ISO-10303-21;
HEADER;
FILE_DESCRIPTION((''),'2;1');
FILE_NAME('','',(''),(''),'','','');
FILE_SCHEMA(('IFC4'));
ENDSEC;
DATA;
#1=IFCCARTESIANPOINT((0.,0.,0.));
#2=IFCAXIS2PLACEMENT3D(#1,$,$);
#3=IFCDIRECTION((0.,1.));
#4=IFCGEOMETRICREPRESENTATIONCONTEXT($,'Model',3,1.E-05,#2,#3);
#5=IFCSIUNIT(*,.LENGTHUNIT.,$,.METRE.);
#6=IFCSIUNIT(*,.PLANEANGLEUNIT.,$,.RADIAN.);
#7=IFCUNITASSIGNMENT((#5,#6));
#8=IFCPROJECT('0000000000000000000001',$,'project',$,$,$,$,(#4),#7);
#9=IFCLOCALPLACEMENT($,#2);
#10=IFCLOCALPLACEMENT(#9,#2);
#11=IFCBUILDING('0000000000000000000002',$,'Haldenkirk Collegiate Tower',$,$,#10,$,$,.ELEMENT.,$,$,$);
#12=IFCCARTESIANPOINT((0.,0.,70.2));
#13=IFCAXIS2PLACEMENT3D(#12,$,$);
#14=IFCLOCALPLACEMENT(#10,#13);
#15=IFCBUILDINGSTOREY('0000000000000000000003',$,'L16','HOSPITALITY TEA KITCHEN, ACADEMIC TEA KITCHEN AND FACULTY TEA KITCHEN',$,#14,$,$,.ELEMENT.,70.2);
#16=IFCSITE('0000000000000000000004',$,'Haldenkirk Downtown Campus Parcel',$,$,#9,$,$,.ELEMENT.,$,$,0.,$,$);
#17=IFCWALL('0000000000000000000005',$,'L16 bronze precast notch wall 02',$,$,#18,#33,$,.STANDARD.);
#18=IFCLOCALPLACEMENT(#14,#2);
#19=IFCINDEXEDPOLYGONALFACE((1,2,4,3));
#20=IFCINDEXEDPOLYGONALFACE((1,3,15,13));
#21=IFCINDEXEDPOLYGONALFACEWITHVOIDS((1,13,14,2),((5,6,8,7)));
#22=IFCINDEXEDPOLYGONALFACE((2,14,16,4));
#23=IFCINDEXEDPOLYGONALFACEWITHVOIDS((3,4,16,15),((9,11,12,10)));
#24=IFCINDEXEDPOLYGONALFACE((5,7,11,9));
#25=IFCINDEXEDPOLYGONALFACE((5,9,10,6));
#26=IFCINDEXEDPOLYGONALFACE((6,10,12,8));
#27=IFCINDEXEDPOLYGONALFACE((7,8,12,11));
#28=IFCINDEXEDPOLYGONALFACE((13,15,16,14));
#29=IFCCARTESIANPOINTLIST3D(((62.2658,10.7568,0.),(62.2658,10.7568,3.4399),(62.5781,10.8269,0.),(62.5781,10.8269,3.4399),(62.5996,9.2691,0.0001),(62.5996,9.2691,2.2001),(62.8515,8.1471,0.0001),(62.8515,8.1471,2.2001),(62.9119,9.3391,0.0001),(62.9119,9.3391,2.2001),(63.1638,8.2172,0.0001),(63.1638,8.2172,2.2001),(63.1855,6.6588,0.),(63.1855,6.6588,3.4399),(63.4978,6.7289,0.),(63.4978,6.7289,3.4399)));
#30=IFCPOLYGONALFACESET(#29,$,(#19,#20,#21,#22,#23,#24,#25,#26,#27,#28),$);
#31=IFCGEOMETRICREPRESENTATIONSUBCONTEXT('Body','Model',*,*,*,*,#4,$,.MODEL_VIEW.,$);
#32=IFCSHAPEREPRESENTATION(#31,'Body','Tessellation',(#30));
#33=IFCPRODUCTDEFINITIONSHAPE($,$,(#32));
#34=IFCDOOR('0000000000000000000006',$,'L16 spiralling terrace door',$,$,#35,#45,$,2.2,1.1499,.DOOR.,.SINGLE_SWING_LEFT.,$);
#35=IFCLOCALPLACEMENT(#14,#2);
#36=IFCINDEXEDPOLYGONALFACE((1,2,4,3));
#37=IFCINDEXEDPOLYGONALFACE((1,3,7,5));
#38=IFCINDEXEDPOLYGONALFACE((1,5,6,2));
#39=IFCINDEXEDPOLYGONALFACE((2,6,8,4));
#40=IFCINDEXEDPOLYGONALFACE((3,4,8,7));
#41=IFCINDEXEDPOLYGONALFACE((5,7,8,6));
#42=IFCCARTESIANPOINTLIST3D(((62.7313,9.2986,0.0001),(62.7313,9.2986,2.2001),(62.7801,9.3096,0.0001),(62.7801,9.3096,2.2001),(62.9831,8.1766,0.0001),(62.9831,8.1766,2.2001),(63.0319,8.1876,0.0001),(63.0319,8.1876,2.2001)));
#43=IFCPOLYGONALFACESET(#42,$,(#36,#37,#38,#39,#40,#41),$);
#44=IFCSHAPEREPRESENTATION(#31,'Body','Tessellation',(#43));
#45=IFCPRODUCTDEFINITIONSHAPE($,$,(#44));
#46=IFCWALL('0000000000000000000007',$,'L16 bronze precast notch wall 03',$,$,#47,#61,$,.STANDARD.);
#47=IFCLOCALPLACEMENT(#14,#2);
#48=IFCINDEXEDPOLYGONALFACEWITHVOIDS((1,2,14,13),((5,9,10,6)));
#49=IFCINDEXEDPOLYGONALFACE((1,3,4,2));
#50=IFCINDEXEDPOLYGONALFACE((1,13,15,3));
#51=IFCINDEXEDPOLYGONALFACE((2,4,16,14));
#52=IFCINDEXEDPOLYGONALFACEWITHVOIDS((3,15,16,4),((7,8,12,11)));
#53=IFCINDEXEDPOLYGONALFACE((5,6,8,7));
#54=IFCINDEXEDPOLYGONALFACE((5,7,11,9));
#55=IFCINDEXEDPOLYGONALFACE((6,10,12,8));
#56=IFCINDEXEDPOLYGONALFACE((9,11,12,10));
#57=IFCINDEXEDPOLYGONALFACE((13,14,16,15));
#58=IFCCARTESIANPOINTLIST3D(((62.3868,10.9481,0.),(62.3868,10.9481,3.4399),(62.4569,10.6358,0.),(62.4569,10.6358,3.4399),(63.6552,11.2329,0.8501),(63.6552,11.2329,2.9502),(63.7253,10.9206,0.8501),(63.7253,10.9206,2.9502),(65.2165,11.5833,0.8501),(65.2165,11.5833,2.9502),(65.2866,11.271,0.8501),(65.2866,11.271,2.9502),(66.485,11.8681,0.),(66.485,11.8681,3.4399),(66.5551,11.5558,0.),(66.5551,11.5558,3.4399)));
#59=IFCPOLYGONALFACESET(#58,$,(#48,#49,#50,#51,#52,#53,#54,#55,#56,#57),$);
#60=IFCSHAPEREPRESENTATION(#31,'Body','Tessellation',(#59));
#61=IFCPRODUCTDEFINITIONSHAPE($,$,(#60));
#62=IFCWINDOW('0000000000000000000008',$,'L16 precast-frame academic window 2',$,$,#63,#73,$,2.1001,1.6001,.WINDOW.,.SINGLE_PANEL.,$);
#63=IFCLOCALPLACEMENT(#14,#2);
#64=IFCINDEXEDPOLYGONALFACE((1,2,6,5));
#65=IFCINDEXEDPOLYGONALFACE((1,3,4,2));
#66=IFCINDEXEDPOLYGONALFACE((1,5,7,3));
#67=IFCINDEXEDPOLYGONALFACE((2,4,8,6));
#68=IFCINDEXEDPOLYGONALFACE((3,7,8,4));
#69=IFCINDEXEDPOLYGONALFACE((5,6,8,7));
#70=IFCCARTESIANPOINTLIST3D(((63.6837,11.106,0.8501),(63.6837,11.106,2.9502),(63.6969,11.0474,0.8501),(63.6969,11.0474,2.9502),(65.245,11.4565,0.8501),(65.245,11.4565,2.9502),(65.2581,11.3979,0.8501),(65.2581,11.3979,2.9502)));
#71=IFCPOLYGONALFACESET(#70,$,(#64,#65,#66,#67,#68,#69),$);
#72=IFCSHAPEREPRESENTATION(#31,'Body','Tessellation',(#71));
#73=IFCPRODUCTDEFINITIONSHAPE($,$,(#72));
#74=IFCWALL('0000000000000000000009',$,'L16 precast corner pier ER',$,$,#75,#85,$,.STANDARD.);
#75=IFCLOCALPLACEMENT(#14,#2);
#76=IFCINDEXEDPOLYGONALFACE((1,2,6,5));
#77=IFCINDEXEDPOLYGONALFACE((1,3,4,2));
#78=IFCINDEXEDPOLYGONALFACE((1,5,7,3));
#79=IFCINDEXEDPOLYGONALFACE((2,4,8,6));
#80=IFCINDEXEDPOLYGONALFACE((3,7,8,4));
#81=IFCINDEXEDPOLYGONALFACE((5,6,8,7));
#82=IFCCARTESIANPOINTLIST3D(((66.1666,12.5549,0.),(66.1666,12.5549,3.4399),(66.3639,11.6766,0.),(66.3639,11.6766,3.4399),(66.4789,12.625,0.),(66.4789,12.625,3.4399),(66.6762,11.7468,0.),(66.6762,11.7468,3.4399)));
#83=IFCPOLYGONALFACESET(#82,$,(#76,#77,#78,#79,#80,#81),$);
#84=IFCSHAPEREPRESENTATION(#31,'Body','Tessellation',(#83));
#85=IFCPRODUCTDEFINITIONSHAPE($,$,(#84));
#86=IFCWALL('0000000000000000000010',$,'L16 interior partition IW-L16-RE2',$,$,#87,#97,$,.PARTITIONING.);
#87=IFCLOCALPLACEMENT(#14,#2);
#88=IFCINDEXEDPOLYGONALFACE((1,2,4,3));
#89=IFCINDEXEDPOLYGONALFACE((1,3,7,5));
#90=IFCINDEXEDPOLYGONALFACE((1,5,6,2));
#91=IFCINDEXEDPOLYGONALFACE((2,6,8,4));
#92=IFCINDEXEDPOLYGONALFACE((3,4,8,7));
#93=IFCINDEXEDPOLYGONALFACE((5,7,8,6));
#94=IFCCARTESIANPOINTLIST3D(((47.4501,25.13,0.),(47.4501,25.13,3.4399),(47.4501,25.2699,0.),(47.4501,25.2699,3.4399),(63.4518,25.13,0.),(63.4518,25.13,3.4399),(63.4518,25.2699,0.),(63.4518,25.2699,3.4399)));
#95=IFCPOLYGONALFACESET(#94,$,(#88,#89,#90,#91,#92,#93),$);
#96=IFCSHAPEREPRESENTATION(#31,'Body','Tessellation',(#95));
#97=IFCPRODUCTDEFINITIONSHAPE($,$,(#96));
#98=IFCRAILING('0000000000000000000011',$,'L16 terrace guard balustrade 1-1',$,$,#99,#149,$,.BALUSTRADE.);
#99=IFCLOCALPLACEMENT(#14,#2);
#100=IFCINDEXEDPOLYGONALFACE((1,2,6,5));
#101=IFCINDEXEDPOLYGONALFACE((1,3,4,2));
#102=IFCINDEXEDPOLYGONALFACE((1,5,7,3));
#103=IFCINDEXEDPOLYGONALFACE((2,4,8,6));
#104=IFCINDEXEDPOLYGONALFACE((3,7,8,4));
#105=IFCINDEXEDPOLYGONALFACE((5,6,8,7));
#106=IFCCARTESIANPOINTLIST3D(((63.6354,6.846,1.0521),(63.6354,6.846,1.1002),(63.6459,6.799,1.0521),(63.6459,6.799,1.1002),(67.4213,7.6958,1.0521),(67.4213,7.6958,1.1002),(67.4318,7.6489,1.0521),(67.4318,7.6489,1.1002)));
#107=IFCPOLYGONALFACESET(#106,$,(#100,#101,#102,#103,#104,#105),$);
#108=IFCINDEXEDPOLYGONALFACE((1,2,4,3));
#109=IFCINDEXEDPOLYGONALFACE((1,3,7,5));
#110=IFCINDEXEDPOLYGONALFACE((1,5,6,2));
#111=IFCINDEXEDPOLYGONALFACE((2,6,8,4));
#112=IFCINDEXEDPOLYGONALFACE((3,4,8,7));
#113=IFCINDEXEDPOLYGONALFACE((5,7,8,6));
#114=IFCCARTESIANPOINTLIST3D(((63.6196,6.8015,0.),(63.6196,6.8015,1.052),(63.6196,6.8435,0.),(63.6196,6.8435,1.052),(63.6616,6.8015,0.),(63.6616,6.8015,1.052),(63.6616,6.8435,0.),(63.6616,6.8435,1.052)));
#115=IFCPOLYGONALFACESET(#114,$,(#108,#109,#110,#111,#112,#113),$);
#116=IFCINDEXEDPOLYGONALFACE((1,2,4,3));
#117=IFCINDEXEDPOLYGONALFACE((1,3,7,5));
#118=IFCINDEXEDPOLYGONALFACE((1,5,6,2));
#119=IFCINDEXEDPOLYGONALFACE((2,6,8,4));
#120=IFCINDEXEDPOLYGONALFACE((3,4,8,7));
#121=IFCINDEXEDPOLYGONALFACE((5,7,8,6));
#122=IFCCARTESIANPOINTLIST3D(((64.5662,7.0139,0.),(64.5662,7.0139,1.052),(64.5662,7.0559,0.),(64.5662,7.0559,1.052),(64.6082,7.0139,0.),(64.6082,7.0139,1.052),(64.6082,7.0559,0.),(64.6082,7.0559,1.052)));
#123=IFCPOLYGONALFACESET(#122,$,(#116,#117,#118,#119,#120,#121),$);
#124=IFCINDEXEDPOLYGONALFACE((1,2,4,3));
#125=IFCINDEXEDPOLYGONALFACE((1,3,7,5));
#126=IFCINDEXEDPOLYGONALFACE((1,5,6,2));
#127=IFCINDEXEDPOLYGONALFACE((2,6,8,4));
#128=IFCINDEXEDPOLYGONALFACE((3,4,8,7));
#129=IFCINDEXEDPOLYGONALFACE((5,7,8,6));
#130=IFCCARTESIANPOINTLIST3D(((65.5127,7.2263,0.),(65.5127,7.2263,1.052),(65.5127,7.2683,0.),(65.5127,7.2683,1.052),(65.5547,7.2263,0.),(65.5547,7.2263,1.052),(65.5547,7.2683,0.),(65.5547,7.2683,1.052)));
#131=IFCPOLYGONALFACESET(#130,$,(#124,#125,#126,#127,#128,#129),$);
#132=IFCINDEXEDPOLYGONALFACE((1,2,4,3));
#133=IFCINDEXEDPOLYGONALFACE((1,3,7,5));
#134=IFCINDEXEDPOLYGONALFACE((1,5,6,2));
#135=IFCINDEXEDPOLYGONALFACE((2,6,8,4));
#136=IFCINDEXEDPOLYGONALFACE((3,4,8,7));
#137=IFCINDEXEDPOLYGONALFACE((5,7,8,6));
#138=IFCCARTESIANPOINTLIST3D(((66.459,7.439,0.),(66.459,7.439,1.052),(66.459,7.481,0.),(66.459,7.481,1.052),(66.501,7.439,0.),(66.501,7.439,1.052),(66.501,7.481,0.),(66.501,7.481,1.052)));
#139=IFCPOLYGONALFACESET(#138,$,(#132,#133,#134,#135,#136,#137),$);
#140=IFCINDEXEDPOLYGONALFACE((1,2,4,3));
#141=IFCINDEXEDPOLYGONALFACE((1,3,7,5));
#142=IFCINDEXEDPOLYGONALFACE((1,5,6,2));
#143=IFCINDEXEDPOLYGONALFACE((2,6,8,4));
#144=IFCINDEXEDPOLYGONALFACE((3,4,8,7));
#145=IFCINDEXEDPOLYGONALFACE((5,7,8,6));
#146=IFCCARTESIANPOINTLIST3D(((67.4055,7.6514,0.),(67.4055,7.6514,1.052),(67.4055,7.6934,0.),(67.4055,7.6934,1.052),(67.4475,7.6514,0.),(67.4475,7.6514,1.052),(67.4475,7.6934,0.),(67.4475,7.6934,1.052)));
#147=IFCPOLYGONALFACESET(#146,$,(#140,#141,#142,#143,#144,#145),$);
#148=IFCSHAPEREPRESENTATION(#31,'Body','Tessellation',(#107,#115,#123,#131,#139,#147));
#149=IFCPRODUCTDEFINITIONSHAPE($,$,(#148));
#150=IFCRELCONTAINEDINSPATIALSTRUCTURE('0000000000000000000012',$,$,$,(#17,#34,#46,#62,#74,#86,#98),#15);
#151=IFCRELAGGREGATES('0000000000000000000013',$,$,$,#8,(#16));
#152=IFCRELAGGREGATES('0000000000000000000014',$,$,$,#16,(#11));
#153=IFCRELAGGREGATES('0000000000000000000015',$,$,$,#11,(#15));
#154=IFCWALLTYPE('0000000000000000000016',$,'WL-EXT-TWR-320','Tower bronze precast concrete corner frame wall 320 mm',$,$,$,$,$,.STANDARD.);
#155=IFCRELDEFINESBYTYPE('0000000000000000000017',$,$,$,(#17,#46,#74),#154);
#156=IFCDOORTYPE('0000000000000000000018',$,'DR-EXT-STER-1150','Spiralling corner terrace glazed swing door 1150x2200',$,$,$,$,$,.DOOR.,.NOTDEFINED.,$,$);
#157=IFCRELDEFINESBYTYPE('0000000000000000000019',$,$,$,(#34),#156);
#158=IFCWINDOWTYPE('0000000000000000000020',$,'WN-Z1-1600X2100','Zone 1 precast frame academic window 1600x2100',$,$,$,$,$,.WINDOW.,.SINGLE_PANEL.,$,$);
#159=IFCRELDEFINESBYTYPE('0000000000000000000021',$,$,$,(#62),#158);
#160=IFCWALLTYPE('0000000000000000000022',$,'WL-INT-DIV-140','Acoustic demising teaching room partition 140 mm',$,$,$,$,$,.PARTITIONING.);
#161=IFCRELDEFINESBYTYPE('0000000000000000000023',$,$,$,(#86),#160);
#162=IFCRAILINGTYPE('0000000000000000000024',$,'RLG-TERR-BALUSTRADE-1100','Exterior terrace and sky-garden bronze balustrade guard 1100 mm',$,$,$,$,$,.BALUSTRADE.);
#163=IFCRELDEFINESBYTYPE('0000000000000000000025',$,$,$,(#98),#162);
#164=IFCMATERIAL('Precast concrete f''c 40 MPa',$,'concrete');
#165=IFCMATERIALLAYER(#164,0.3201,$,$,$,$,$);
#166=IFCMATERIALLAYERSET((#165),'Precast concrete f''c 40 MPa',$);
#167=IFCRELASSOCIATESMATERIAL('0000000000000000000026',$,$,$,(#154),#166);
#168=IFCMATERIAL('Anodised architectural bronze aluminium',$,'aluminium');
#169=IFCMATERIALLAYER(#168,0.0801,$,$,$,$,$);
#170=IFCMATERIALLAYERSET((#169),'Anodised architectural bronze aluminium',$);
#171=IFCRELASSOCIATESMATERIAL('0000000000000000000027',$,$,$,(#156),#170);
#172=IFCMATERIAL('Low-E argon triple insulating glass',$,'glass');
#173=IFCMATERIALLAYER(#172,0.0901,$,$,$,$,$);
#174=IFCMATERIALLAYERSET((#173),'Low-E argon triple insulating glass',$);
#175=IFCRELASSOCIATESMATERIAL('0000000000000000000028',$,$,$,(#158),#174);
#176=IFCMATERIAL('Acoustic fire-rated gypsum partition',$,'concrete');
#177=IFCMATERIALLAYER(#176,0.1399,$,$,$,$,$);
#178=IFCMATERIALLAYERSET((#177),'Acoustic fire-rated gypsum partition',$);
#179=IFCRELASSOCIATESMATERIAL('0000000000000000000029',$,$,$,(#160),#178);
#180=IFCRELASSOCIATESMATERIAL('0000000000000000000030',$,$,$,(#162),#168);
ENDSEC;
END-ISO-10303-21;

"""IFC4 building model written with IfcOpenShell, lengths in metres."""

from ifc_helpers import new_model, si_unit, direction, frame, frame_2d, origin, origin_2d, place, context, subcontext, project, spatial, rectangle, extrude, material, layer, layer_set, type_object, element, fill, save


model = new_model("IFC4")

# Units and contexts
model_context = context("Model", 3, precision=1e-05, world=origin(), true_north=direction((0.0, 1.0)))
body_context = subcontext(model_context, "Body", "Model", "MODEL_VIEW")
ifc_project = project(units=[si_unit("LENGTHUNIT", "METRE"), si_unit("PLANEANGLEUNIT", "RADIAN")], contexts=[model_context])

# Site, building, storey
site_placement = place(None, origin())
site = spatial("IfcSite", under=ifc_project, at=site_placement, Name="Haldenkirk Downtown Campus Parcel", CompositionType="ELEMENT", RefElevation=0.0)
building_placement = place(site_placement, origin())
building = spatial("IfcBuilding", under=site, at=building_placement, Name="Haldenkirk Collegiate Tower", CompositionType="ELEMENT")
storey_placement = place(building_placement, frame((0.0, 0.0, 70.2)))
storey = spatial("IfcBuildingStorey", under=building, at=storey_placement, Name="L16", Description="HOSPITALITY TEA KITCHEN, ACADEMIC TEA KITCHEN AND FACULTY TEA KITCHEN", CompositionType="ELEMENT", Elevation=70.2)

# Shared definitions
ifc_material_1 = material(Name="Anodised architectural bronze aluminium", Category="aluminium")

# Shared definitions
ifc_material_2 = material(Name="Low-E argon triple insulating glass", Category="glass")

# Shared definitions
ifc_material_3 = material(Name="Precast concrete f'c 40 MPa", Category="concrete")
ifc_layer_1 = layer(ifc_material_3, 0.3201)
ifc_layer_set_1 = layer_set([ifc_layer_1], Name="Precast concrete f'c 40 MPa")
wall_type_1 = type_object("IfcWallType", Name="WL-EXT-TWR-320", Description="Tower bronze precast concrete corner frame wall 320 mm", PredefinedType="STANDARD", material=ifc_layer_set_1)

# Wall, opening, door
wall_1_placement = place(storey_placement, frame((62.4219, 10.792, 0.0), z_axis=(0.0, 0.0, 1.0), x_axis=(0.21898, -0.975729, 0.0)))
wall_1 = element("IfcWall", 1, at=wall_1_placement, inside=storey, type_object=wall_type_1, Name="L16 bronze precast notch wall 02", PredefinedType="STANDARD", context=body_context, shape_type="SweptSolid", body=[
    extrude(rectangle(XDim=4.2, YDim=0.3201, at=frame_2d((2.1001, 0.0))), origin(), (0.0, 0.0, 1.0), 3.4399),
])
opening_1_placement = place(wall_1_placement, frame((1.5249, 0.0, 0.0)))
opening_1 = element("IfcOpeningElement", 2, at=opening_1_placement, cuts=wall_1, PredefinedType="OPENING", context=body_context, shape_type="SweptSolid", body=[
    extrude(rectangle(XDim=1.1499, YDim=2.2, at=frame_2d((0.575, 1.1001))), frame((0.0, 0.1699, 0.0), z_axis=(0.0, -1.0, 0.0), x_axis=(1.0, 0.0, 0.0)), (0.0, 0.0, 1.0), 0.3401),
])
ifc_layer_2 = layer(ifc_material_1, 0.0801)
ifc_layer_set_2 = layer_set([ifc_layer_2], Name="Anodised architectural bronze aluminium")
door_type = type_object("IfcDoorType", Name="DR-EXT-STER-1150", Description="Spiralling corner terrace glazed swing door 1150x2200", OperationType="NOTDEFINED", PredefinedType="DOOR", material=ifc_layer_set_2)
door_placement = place(opening_1_placement, origin())
door = element("IfcDoor", 3, at=door_placement, inside=storey, type_object=door_type, Name="L16 spiralling terrace door", OperationType="SINGLE_SWING_LEFT", OverallHeight=2.2, OverallWidth=1.1499, PredefinedType="DOOR", context=body_context, shape_type="SweptSolid", body=[
    extrude(rectangle(XDim=1.1499, YDim=2.2, at=frame_2d((0.575, 1.1001))), frame((0.0, 0.0249, 0.0), z_axis=(0.0, -1.0, 0.0), x_axis=(1.0, 0.0, 0.0)), (0.0, 0.0, 1.0), 0.05),
])
fill(opening_1, door)

# Wall, opening, window
wall_2_placement = place(storey_placement, frame((66.52, 11.7119, 0.0), z_axis=(0.0, 0.0, 1.0), x_axis=(-0.97572, -0.219023, 0.0)))
wall_2 = element("IfcWall", 4, at=wall_2_placement, inside=storey, type_object=wall_type_1, Name="L16 bronze precast notch wall 03", PredefinedType="STANDARD", context=body_context, shape_type="SweptSolid", body=[
    extrude(rectangle(XDim=4.2002, YDim=0.3201, at=frame_2d((2.1001, 0.0))), origin(), (0.0, 0.0, 1.0), 3.4399),
])
opening_2_placement = place(wall_2_placement, frame((1.3, 0.0, 0.8501)))
opening_2 = element("IfcOpeningElement", 5, at=opening_2_placement, cuts=wall_2, PredefinedType="OPENING", context=body_context, shape_type="SweptSolid", body=[
    extrude(rectangle(XDim=1.6001, YDim=2.1001, at=frame_2d((0.8, 1.05))), frame((0.0, 0.1699, 0.0), z_axis=(0.0, -1.0, 0.0), x_axis=(1.0, 0.0, 0.0)), (0.0, 0.0, 1.0), 0.3401),
])
ifc_layer_3 = layer(ifc_material_2, 0.0901)
ifc_layer_set_3 = layer_set([ifc_layer_3], Name="Low-E argon triple insulating glass")
window_type = type_object("IfcWindowType", Name="WN-Z1-1600X2100", Description="Zone 1 precast frame academic window 1600x2100", PartitioningType="SINGLE_PANEL", PredefinedType="WINDOW", material=ifc_layer_set_3)
window_placement = place(opening_2_placement, origin())
window = element("IfcWindow", 6, at=window_placement, inside=storey, type_object=window_type, Name="L16 precast-frame academic window 2", OverallHeight=2.1001, OverallWidth=1.6001, PartitioningType="SINGLE_PANEL", PredefinedType="WINDOW", context=body_context, shape_type="SweptSolid", body=[
    extrude(rectangle(XDim=1.6001, YDim=2.1001, at=frame_2d((0.8, 1.05))), frame((0.0, 0.03, 0.0), z_axis=(0.0, -1.0, 0.0), x_axis=(1.0, 0.0, 0.0)), (0.0, 0.0, 1.0), 0.0601),
])
fill(opening_2, window)

# Walls
wall_3_placement = place(storey_placement, frame((66.3228, 12.5901, 0.0), z_axis=(0.0, 0.0, 1.0), x_axis=(0.21917, -0.975687, 0.0)))
element("IfcWall", 7, at=wall_3_placement, inside=storey, type_object=wall_type_1, Name="L16 precast corner pier ER", PredefinedType="STANDARD", context=body_context, shape_type="SweptSolid", body=[
    extrude(rectangle(XDim=0.9001, YDim=0.3201, at=frame_2d((0.4502, 0.0))), origin(), (0.0, 0.0, 1.0), 3.4399),
])
ifc_material_4 = material(Name="Acoustic fire-rated gypsum partition", Category="concrete")
ifc_layer_4 = layer(ifc_material_4, 0.1399)
ifc_layer_set_4 = layer_set([ifc_layer_4], Name="Acoustic fire-rated gypsum partition")
wall_type_2 = type_object("IfcWallType", Name="WL-INT-DIV-140", Description="Acoustic demising teaching room partition 140 mm", PredefinedType="PARTITIONING", material=ifc_layer_set_4)
wall_4_placement = place(storey_placement, frame((47.45, 25.2, 0.0), z_axis=(0.0, 0.0, 1.0), x_axis=(1.0, 0.0, 0.0)))
element("IfcWall", 8, at=wall_4_placement, inside=storey, type_object=wall_type_2, Name="L16 interior partition IW-L16-RE2", PredefinedType="PARTITIONING", context=body_context, shape_type="SweptSolid", body=[
    extrude(rectangle(XDim=16.0017, YDim=0.1399, at=frame_2d((8.001, 0.0))), origin(), (0.0, 0.0, 1.0), 3.4399),
])

# Railing
railing_type = type_object("IfcRailingType", Name="RLG-TERR-BALUSTRADE-1100", Description="Exterior terrace and sky-garden bronze balustrade guard 1100 mm", PredefinedType="BALUSTRADE", material=ifc_material_1)
railing_1_placement = place(storey_placement, frame((63.6406, 6.8225, 0.0)))
element("IfcRailing", 9, at=railing_1_placement, inside=storey, type_object=railing_type, Name="L16 terrace guard balustrade 1-1", PredefinedType="BALUSTRADE", context=body_context, shape_type="SweptSolid", body=[
    extrude(rectangle(XDim=0.0481, YDim=0.0481, at=origin_2d()), frame((0.0, 0.0, 1.0762), z_axis=(0.975718, 0.219029, 0.0), x_axis=(-0.219029, 0.975718, 0.0)), (0.0, 0.0, 1.0), 3.8801),
    extrude(rectangle(XDim=0.042, YDim=0.042, at=origin_2d()), origin(), (0.0, 0.0, 1.0), 1.052),
    extrude(rectangle(XDim=0.042, YDim=0.042, at=origin_2d()), frame((0.9465, 0.2124, 0.0)), (0.0, 0.0, 1.0), 1.052),
    extrude(rectangle(XDim=0.042, YDim=0.042, at=origin_2d()), frame((1.8931, 0.4248, 0.0)), (0.0, 0.0, 1.0), 1.052),
    extrude(rectangle(XDim=0.042, YDim=0.042, at=origin_2d()), frame((2.8394, 0.6375, 0.0)), (0.0, 0.0, 1.0), 1.052),
    extrude(rectangle(XDim=0.042, YDim=0.042, at=origin_2d()), frame((3.7859, 0.8499, 0.0)), (0.0, 0.0, 1.0), 1.052),
])

save(model, "model.ifc")
